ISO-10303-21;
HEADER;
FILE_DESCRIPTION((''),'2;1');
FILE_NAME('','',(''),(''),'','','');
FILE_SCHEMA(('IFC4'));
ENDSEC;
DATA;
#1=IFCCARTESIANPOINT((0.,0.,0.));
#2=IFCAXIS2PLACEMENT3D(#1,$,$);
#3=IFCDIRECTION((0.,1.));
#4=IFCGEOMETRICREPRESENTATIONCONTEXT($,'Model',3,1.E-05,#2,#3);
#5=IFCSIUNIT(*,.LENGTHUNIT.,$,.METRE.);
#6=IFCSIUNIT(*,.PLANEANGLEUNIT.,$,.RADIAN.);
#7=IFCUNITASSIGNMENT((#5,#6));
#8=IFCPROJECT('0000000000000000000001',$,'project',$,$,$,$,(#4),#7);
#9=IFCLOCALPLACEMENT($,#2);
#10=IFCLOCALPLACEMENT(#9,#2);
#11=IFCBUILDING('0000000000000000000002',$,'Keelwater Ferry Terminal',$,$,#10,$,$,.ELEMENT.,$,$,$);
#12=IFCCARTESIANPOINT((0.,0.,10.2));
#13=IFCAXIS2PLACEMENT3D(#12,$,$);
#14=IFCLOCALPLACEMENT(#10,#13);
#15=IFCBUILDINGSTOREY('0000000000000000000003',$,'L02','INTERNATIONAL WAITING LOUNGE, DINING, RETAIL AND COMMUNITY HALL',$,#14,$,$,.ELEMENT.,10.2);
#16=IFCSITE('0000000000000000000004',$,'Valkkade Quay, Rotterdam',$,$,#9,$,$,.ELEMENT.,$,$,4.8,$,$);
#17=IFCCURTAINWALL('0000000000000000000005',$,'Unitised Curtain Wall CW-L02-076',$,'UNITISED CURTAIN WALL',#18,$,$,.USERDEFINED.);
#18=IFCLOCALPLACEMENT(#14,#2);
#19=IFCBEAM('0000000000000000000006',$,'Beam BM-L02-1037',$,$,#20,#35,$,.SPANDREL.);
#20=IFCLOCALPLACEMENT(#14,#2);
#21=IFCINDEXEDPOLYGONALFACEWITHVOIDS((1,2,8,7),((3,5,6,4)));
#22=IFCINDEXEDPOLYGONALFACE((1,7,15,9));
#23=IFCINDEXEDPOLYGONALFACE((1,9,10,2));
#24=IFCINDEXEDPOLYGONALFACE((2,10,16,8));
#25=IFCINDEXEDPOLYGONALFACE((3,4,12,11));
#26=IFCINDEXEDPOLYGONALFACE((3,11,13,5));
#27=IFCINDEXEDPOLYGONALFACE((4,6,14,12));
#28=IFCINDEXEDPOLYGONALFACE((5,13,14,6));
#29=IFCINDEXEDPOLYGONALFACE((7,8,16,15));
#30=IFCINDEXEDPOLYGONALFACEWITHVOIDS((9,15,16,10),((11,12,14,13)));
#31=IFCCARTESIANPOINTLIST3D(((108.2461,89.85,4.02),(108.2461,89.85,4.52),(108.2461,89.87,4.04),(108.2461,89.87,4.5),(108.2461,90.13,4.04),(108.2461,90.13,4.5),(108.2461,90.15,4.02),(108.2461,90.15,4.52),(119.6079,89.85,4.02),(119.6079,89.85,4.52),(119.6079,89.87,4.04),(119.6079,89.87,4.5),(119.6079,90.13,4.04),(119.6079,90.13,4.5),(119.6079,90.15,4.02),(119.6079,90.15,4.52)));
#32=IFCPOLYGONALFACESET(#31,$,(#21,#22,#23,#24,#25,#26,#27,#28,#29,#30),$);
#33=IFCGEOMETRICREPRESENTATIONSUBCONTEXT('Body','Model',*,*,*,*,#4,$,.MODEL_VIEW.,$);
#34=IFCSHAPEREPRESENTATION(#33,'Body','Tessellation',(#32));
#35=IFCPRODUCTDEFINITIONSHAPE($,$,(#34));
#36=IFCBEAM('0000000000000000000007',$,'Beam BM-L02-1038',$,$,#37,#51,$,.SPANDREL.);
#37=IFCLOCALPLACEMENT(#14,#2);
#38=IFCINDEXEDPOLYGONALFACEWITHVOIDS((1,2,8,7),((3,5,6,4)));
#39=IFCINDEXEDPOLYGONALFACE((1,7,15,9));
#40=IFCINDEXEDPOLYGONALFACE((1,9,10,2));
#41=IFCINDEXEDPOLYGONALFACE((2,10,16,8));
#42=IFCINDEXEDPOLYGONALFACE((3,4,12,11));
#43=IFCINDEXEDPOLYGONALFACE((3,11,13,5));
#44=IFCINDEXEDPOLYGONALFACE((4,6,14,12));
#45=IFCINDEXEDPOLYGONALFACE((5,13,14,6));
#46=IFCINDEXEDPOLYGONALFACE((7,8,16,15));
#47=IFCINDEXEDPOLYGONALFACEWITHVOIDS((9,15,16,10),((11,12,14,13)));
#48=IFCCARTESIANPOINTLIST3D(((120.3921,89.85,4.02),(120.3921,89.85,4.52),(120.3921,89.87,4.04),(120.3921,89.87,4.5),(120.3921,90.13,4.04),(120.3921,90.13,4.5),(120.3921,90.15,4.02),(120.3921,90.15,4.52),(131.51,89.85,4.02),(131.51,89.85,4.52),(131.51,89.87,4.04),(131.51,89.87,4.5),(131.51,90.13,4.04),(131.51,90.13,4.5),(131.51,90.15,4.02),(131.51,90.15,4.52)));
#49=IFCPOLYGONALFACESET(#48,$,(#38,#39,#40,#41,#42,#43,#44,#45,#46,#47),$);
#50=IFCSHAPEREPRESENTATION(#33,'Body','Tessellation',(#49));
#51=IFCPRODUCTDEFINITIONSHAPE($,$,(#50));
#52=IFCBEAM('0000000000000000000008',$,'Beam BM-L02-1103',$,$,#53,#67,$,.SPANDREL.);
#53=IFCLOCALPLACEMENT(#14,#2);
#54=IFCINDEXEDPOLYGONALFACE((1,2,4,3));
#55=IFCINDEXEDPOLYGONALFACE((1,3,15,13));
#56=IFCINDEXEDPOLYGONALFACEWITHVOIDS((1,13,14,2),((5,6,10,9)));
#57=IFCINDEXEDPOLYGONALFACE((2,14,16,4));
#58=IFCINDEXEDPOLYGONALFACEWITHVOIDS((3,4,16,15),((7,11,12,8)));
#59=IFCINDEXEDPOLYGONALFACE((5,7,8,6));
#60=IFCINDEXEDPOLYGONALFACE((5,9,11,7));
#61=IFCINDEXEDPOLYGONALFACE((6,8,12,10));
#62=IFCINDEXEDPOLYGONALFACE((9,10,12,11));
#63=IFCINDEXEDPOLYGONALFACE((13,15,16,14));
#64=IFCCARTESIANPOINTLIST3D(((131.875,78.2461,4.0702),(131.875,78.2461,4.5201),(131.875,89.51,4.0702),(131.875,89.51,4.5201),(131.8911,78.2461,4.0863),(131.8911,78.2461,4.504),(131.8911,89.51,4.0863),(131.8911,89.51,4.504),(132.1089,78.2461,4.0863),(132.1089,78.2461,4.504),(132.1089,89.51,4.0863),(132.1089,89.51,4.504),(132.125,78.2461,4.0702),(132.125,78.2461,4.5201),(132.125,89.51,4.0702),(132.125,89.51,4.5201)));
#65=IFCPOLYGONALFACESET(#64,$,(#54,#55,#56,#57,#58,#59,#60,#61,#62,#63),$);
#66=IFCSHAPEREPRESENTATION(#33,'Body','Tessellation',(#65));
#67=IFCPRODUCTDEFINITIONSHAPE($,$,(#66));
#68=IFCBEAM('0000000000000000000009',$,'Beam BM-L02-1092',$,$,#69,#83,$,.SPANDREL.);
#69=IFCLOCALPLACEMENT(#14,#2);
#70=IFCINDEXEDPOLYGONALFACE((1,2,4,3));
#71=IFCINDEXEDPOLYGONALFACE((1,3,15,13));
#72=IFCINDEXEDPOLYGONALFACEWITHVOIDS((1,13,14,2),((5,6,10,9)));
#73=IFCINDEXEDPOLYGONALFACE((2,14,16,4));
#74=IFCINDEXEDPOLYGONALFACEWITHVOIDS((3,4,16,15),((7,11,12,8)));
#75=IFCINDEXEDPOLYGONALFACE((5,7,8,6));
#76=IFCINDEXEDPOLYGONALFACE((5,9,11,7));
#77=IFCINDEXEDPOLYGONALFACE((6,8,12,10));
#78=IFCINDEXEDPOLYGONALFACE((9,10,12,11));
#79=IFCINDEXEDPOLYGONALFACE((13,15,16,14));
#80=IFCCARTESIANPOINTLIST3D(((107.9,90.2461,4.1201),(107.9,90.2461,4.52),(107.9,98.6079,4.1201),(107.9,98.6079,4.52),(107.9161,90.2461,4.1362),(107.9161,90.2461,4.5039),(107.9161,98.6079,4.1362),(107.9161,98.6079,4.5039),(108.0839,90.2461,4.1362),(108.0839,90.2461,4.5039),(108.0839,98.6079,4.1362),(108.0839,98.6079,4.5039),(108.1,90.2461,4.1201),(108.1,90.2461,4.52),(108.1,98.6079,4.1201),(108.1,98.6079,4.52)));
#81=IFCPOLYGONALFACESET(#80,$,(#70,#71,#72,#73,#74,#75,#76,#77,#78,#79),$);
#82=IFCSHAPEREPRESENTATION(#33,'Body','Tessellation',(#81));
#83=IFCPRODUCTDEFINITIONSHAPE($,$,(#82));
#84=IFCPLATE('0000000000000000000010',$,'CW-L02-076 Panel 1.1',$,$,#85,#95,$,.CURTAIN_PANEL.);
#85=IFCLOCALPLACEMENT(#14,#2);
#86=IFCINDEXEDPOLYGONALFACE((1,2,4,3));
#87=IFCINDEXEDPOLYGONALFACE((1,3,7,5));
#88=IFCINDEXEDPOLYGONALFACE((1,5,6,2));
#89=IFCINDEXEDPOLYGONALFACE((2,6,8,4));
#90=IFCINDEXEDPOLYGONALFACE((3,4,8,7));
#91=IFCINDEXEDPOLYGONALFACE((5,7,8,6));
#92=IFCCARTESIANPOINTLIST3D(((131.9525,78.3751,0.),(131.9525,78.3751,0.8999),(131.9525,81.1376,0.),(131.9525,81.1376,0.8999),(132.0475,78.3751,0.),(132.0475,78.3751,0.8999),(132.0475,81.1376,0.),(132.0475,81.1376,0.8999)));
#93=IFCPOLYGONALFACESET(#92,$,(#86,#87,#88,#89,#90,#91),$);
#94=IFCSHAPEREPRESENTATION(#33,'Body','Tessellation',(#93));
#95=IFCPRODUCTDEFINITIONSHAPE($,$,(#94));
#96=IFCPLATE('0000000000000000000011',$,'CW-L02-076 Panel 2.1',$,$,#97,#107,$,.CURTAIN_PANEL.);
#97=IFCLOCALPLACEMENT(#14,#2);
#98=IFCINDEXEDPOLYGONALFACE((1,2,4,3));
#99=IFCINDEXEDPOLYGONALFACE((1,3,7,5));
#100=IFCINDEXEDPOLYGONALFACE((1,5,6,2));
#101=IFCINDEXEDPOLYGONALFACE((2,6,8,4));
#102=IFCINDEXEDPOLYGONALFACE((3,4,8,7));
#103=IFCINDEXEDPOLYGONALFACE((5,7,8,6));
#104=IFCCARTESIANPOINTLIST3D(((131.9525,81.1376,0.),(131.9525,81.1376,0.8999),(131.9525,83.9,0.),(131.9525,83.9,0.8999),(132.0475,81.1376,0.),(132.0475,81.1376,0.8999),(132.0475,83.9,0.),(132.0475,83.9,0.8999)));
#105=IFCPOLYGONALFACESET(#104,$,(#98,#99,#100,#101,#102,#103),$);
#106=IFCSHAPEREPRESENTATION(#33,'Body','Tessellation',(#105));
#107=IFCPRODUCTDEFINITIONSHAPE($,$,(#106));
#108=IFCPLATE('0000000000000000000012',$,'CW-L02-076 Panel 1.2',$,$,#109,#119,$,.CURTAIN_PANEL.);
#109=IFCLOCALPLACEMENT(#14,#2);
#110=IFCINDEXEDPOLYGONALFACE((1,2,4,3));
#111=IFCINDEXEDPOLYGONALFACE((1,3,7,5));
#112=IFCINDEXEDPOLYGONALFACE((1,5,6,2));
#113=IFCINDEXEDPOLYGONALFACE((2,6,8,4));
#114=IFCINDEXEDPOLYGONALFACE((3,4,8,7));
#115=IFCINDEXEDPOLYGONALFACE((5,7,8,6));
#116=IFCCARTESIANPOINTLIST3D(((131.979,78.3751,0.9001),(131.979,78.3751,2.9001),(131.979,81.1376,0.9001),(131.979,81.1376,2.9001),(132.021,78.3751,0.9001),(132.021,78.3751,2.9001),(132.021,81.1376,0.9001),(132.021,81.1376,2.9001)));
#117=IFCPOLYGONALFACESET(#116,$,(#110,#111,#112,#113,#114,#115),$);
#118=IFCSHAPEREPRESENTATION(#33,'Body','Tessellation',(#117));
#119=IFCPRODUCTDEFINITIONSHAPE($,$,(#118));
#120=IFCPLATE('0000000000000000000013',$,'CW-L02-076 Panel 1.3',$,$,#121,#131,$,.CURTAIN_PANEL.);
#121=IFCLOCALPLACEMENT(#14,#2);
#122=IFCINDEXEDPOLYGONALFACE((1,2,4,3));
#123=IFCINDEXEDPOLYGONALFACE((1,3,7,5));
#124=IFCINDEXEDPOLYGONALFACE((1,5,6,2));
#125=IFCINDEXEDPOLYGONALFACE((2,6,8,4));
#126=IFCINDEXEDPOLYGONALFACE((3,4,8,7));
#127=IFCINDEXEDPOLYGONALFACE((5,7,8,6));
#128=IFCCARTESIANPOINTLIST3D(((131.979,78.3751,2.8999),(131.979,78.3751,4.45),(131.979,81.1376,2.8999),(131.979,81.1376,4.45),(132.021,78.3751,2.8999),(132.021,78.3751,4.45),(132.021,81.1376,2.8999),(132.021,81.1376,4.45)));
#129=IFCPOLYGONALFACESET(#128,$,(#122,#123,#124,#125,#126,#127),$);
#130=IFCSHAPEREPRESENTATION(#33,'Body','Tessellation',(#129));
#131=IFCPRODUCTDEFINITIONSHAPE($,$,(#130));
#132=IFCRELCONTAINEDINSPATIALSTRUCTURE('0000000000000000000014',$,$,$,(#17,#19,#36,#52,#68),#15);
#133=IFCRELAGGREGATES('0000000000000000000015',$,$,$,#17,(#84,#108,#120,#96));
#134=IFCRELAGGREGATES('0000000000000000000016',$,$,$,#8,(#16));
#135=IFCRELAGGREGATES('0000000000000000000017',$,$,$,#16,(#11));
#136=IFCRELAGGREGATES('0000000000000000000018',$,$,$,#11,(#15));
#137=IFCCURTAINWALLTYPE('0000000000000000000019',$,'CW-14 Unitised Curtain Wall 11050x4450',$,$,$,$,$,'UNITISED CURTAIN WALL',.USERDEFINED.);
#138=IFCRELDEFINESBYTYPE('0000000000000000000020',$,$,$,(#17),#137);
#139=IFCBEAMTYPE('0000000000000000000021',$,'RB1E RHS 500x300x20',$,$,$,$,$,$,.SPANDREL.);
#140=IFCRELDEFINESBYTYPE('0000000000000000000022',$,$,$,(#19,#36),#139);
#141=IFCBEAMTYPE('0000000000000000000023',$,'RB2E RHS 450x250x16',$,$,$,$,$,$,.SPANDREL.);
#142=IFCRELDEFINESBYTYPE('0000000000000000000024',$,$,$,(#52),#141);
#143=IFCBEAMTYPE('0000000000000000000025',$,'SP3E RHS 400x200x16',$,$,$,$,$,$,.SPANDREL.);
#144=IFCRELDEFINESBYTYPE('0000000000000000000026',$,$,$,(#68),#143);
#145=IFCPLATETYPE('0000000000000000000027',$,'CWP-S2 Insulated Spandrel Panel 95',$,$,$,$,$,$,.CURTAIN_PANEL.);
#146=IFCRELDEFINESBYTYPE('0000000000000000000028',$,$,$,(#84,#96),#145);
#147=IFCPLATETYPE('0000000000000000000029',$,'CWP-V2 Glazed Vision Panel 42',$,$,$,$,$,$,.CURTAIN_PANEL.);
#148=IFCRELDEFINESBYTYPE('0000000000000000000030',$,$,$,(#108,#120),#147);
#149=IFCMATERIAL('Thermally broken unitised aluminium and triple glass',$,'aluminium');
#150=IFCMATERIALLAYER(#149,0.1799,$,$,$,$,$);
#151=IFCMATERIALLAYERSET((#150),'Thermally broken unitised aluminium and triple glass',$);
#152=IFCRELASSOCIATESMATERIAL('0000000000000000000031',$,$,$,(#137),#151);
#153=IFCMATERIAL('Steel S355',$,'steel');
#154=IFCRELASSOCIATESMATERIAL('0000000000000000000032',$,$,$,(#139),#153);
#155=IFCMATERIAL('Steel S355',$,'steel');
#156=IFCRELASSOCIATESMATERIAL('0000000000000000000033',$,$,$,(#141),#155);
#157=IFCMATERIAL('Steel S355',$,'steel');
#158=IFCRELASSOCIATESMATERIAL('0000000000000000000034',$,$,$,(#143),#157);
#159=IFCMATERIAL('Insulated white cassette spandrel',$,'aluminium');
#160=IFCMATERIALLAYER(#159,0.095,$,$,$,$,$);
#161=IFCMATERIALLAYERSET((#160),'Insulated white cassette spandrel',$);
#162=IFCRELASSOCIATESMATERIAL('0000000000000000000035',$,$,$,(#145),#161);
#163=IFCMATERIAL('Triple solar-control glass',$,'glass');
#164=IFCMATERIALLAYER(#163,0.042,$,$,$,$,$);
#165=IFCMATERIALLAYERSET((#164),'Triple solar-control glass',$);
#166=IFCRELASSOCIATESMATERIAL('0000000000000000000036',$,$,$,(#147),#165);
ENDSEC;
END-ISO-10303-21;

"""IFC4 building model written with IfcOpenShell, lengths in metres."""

from ifc_helpers import new_model, si_unit, direction, frame, origin, origin_2d, place, context, subcontext, project, spatial, rectangle, hollow_rectangle, extrude, material, layer, layer_set, material_profile, profile_set, type_object, element, aggregate, save


model = new_model("IFC4")

# Units and contexts
model_context = context("Model", 3, precision=1e-05, world=origin(), true_north=direction((0.0, 1.0)))
body_context = subcontext(model_context, "Body", "Model", "MODEL_VIEW")
ifc_project = project(units=[si_unit("LENGTHUNIT", "METRE"), si_unit("PLANEANGLEUNIT", "RADIAN")], contexts=[model_context])

# Site, building, storey
site_placement = place(None, origin())
site = spatial("IfcSite", under=ifc_project, at=site_placement, Name="Valkkade Quay, Rotterdam", CompositionType="ELEMENT", RefElevation=4.8)
building_placement = place(site_placement, origin())
building = spatial("IfcBuilding", under=site, at=building_placement, Name="Keelwater Ferry Terminal", CompositionType="ELEMENT")
storey_placement = place(building_placement, frame((0.0, 0.0, 10.2)))
storey = spatial("IfcBuildingStorey", under=building, at=storey_placement, Name="L02", Description="INTERNATIONAL WAITING LOUNGE, DINING, RETAIL AND COMMUNITY HALL", CompositionType="ELEMENT", Elevation=10.2)

# Curtain wall
ifc_material_1 = material(Name="Thermally broken unitised aluminium and triple glass", Category="aluminium")
ifc_layer_1 = layer(ifc_material_1, 0.1799)
ifc_layer_set_1 = layer_set([ifc_layer_1], Name="Thermally broken unitised aluminium and triple glass")
curtain_wall_type = type_object("IfcCurtainWallType", Name="CW-14 Unitised Curtain Wall 11050x4450", ElementType="UNITISED CURTAIN WALL", PredefinedType="USERDEFINED", material=ifc_layer_set_1)
curtain_wall_placement = place(storey_placement, origin())
curtain_wall = element("IfcCurtainWall", 1, at=curtain_wall_placement, inside=storey, type_object=curtain_wall_type, Name="Unitised Curtain Wall CW-L02-076", ObjectType="UNITISED CURTAIN WALL", PredefinedType="USERDEFINED")

# Beams
ifc_material_2 = material(Name="Steel S355", Category="steel")
ifc_material_profile_1 = material_profile(ifc_material_2, hollow_rectangle(XDim=0.3, YDim=0.5, WallThickness=0.02, at=origin_2d()), Name="RHS 500x300x20")
ifc_profile_set_1 = profile_set([ifc_material_profile_1], Name="Steel S355")
beam_type_1 = type_object("IfcBeamType", Name="RB1E RHS 500x300x20", PredefinedType="SPANDREL", material=ifc_profile_set_1)
beam_1_placement = place(storey_placement, frame((108.2461, 90.0, 4.27), z_axis=(1.0, 0.0, 0.0), x_axis=(0.0, 1.0, 0.0)))
element("IfcBeam", 2, at=beam_1_placement, inside=storey, type_object=beam_type_1, Name="Beam BM-L02-1037", PredefinedType="SPANDREL", context=body_context, shape_type="SweptSolid", body=[
    extrude(hollow_rectangle(XDim=0.3, YDim=0.5, WallThickness=0.02, at=origin_2d()), origin(), (0.0, 0.0, 1.0), 11.3618),
])
beam_2_placement = place(storey_placement, frame((120.3921, 90.0, 4.27), z_axis=(1.0, 0.0, 0.0), x_axis=(0.0, 1.0, 0.0)))
element("IfcBeam", 3, at=beam_2_placement, inside=storey, type_object=beam_type_1, Name="Beam BM-L02-1038", PredefinedType="SPANDREL", context=body_context, shape_type="SweptSolid", body=[
    extrude(hollow_rectangle(XDim=0.3, YDim=0.5, WallThickness=0.02, at=origin_2d()), origin(), (0.0, 0.0, 1.0), 11.1179),
])
ifc_material_3 = material(Name="Steel S355", Category="steel")
ifc_material_profile_2 = material_profile(ifc_material_3, hollow_rectangle(XDim=0.25, YDim=0.45, WallThickness=0.0161, at=origin_2d()), Name="RHS 450x250x16")
ifc_profile_set_2 = profile_set([ifc_material_profile_2], Name="Steel S355")
beam_type_2 = type_object("IfcBeamType", Name="RB2E RHS 450x250x16", PredefinedType="SPANDREL", material=ifc_profile_set_2)
beam_3_placement = place(storey_placement, frame((132.0, 78.2461, 4.2952), z_axis=(0.0, 1.0, 0.0), x_axis=(-1.0, 0.0, 0.0)))
element("IfcBeam", 4, at=beam_3_placement, inside=storey, type_object=beam_type_2, Name="Beam BM-L02-1103", PredefinedType="SPANDREL", context=body_context, shape_type="SweptSolid", body=[
    extrude(hollow_rectangle(XDim=0.25, YDim=0.45, WallThickness=0.0161, at=origin_2d()), origin(), (0.0, 0.0, 1.0), 11.2639),
])
ifc_material_4 = material(Name="Steel S355", Category="steel")
ifc_material_profile_3 = material_profile(ifc_material_4, hollow_rectangle(XDim=0.2, YDim=0.3999, WallThickness=0.0161, at=origin_2d()), Name="RHS 400x200x16")
ifc_profile_set_3 = profile_set([ifc_material_profile_3], Name="Steel S355")
beam_type_3 = type_object("IfcBeamType", Name="SP3E RHS 400x200x16", PredefinedType="SPANDREL", material=ifc_profile_set_3)
beam_4_placement = place(storey_placement, frame((108.0, 90.2461, 4.3201), z_axis=(0.0, 1.0, 0.0), x_axis=(-1.0, 0.0, 0.0)))
element("IfcBeam", 5, at=beam_4_placement, inside=storey, type_object=beam_type_3, Name="Beam BM-L02-1092", PredefinedType="SPANDREL", context=body_context, shape_type="SweptSolid", body=[
    extrude(hollow_rectangle(XDim=0.2, YDim=0.3999, WallThickness=0.0161, at=origin_2d()), origin(), (0.0, 0.0, 1.0), 8.3618),
])

# Plates
ifc_material_5 = material(Name="Insulated white cassette spandrel", Category="aluminium")
ifc_layer_2 = layer(ifc_material_5, 0.095)
ifc_layer_set_2 = layer_set([ifc_layer_2], Name="Insulated white cassette spandrel")
plate_type_1 = type_object("IfcPlateType", Name="CWP-S2 Insulated Spandrel Panel 95", PredefinedType="CURTAIN_PANEL", material=ifc_layer_set_2)
plate_1_placement = place(storey_placement, frame((132.0, 79.7563, 0.0), z_axis=(0.0, 0.0, 1.0), x_axis=(0.0, 1.0, 0.0)))
plate_1 = element("IfcPlate", 6, at=plate_1_placement, type_object=plate_type_1, Name="CW-L02-076 Panel 1.1", PredefinedType="CURTAIN_PANEL", context=body_context, shape_type="SweptSolid", body=[
    extrude(rectangle(XDim=2.7625, YDim=0.095, at=origin_2d()), origin(), (0.0, 0.0, 1.0), 0.8999),
])
plate_2_placement = place(storey_placement, frame((132.0, 82.5188, 0.0), z_axis=(0.0, 0.0, 1.0), x_axis=(0.0, 1.0, 0.0)))
plate_2 = element("IfcPlate", 7, at=plate_2_placement, type_object=plate_type_1, Name="CW-L02-076 Panel 2.1", PredefinedType="CURTAIN_PANEL", context=body_context, shape_type="SweptSolid", body=[
    extrude(rectangle(XDim=2.7625, YDim=0.095, at=origin_2d()), origin(), (0.0, 0.0, 1.0), 0.8999),
])
ifc_material_6 = material(Name="Triple solar-control glass", Category="glass")
ifc_layer_3 = layer(ifc_material_6, 0.042)
ifc_layer_set_3 = layer_set([ifc_layer_3], Name="Triple solar-control glass")
plate_type_2 = type_object("IfcPlateType", Name="CWP-V2 Glazed Vision Panel 42", PredefinedType="CURTAIN_PANEL", material=ifc_layer_set_3)
plate_3_placement = place(storey_placement, frame((132.0, 79.7563, 0.9001), z_axis=(0.0, 0.0, 1.0), x_axis=(0.0, 1.0, 0.0)))
plate_3 = element("IfcPlate", 8, at=plate_3_placement, type_object=plate_type_2, Name="CW-L02-076 Panel 1.2", PredefinedType="CURTAIN_PANEL", context=body_context, shape_type="SweptSolid", body=[
    extrude(rectangle(XDim=2.7625, YDim=0.042, at=origin_2d()), origin(), (0.0, 0.0, 1.0), 2.0),
])
plate_4_placement = place(storey_placement, frame((132.0, 79.7563, 2.8999), z_axis=(0.0, 0.0, 1.0), x_axis=(0.0, 1.0, 0.0)))
plate_4 = element("IfcPlate", 9, at=plate_4_placement, type_object=plate_type_2, Name="CW-L02-076 Panel 1.3", PredefinedType="CURTAIN_PANEL", context=body_context, shape_type="SweptSolid", body=[
    extrude(rectangle(XDim=2.7625, YDim=0.042, at=origin_2d()), origin(), (0.0, 0.0, 1.0), 1.55),
])
aggregate(curtain_wall, [plate_1, plate_3, plate_4, plate_2])

save(model, "model.ifc")
